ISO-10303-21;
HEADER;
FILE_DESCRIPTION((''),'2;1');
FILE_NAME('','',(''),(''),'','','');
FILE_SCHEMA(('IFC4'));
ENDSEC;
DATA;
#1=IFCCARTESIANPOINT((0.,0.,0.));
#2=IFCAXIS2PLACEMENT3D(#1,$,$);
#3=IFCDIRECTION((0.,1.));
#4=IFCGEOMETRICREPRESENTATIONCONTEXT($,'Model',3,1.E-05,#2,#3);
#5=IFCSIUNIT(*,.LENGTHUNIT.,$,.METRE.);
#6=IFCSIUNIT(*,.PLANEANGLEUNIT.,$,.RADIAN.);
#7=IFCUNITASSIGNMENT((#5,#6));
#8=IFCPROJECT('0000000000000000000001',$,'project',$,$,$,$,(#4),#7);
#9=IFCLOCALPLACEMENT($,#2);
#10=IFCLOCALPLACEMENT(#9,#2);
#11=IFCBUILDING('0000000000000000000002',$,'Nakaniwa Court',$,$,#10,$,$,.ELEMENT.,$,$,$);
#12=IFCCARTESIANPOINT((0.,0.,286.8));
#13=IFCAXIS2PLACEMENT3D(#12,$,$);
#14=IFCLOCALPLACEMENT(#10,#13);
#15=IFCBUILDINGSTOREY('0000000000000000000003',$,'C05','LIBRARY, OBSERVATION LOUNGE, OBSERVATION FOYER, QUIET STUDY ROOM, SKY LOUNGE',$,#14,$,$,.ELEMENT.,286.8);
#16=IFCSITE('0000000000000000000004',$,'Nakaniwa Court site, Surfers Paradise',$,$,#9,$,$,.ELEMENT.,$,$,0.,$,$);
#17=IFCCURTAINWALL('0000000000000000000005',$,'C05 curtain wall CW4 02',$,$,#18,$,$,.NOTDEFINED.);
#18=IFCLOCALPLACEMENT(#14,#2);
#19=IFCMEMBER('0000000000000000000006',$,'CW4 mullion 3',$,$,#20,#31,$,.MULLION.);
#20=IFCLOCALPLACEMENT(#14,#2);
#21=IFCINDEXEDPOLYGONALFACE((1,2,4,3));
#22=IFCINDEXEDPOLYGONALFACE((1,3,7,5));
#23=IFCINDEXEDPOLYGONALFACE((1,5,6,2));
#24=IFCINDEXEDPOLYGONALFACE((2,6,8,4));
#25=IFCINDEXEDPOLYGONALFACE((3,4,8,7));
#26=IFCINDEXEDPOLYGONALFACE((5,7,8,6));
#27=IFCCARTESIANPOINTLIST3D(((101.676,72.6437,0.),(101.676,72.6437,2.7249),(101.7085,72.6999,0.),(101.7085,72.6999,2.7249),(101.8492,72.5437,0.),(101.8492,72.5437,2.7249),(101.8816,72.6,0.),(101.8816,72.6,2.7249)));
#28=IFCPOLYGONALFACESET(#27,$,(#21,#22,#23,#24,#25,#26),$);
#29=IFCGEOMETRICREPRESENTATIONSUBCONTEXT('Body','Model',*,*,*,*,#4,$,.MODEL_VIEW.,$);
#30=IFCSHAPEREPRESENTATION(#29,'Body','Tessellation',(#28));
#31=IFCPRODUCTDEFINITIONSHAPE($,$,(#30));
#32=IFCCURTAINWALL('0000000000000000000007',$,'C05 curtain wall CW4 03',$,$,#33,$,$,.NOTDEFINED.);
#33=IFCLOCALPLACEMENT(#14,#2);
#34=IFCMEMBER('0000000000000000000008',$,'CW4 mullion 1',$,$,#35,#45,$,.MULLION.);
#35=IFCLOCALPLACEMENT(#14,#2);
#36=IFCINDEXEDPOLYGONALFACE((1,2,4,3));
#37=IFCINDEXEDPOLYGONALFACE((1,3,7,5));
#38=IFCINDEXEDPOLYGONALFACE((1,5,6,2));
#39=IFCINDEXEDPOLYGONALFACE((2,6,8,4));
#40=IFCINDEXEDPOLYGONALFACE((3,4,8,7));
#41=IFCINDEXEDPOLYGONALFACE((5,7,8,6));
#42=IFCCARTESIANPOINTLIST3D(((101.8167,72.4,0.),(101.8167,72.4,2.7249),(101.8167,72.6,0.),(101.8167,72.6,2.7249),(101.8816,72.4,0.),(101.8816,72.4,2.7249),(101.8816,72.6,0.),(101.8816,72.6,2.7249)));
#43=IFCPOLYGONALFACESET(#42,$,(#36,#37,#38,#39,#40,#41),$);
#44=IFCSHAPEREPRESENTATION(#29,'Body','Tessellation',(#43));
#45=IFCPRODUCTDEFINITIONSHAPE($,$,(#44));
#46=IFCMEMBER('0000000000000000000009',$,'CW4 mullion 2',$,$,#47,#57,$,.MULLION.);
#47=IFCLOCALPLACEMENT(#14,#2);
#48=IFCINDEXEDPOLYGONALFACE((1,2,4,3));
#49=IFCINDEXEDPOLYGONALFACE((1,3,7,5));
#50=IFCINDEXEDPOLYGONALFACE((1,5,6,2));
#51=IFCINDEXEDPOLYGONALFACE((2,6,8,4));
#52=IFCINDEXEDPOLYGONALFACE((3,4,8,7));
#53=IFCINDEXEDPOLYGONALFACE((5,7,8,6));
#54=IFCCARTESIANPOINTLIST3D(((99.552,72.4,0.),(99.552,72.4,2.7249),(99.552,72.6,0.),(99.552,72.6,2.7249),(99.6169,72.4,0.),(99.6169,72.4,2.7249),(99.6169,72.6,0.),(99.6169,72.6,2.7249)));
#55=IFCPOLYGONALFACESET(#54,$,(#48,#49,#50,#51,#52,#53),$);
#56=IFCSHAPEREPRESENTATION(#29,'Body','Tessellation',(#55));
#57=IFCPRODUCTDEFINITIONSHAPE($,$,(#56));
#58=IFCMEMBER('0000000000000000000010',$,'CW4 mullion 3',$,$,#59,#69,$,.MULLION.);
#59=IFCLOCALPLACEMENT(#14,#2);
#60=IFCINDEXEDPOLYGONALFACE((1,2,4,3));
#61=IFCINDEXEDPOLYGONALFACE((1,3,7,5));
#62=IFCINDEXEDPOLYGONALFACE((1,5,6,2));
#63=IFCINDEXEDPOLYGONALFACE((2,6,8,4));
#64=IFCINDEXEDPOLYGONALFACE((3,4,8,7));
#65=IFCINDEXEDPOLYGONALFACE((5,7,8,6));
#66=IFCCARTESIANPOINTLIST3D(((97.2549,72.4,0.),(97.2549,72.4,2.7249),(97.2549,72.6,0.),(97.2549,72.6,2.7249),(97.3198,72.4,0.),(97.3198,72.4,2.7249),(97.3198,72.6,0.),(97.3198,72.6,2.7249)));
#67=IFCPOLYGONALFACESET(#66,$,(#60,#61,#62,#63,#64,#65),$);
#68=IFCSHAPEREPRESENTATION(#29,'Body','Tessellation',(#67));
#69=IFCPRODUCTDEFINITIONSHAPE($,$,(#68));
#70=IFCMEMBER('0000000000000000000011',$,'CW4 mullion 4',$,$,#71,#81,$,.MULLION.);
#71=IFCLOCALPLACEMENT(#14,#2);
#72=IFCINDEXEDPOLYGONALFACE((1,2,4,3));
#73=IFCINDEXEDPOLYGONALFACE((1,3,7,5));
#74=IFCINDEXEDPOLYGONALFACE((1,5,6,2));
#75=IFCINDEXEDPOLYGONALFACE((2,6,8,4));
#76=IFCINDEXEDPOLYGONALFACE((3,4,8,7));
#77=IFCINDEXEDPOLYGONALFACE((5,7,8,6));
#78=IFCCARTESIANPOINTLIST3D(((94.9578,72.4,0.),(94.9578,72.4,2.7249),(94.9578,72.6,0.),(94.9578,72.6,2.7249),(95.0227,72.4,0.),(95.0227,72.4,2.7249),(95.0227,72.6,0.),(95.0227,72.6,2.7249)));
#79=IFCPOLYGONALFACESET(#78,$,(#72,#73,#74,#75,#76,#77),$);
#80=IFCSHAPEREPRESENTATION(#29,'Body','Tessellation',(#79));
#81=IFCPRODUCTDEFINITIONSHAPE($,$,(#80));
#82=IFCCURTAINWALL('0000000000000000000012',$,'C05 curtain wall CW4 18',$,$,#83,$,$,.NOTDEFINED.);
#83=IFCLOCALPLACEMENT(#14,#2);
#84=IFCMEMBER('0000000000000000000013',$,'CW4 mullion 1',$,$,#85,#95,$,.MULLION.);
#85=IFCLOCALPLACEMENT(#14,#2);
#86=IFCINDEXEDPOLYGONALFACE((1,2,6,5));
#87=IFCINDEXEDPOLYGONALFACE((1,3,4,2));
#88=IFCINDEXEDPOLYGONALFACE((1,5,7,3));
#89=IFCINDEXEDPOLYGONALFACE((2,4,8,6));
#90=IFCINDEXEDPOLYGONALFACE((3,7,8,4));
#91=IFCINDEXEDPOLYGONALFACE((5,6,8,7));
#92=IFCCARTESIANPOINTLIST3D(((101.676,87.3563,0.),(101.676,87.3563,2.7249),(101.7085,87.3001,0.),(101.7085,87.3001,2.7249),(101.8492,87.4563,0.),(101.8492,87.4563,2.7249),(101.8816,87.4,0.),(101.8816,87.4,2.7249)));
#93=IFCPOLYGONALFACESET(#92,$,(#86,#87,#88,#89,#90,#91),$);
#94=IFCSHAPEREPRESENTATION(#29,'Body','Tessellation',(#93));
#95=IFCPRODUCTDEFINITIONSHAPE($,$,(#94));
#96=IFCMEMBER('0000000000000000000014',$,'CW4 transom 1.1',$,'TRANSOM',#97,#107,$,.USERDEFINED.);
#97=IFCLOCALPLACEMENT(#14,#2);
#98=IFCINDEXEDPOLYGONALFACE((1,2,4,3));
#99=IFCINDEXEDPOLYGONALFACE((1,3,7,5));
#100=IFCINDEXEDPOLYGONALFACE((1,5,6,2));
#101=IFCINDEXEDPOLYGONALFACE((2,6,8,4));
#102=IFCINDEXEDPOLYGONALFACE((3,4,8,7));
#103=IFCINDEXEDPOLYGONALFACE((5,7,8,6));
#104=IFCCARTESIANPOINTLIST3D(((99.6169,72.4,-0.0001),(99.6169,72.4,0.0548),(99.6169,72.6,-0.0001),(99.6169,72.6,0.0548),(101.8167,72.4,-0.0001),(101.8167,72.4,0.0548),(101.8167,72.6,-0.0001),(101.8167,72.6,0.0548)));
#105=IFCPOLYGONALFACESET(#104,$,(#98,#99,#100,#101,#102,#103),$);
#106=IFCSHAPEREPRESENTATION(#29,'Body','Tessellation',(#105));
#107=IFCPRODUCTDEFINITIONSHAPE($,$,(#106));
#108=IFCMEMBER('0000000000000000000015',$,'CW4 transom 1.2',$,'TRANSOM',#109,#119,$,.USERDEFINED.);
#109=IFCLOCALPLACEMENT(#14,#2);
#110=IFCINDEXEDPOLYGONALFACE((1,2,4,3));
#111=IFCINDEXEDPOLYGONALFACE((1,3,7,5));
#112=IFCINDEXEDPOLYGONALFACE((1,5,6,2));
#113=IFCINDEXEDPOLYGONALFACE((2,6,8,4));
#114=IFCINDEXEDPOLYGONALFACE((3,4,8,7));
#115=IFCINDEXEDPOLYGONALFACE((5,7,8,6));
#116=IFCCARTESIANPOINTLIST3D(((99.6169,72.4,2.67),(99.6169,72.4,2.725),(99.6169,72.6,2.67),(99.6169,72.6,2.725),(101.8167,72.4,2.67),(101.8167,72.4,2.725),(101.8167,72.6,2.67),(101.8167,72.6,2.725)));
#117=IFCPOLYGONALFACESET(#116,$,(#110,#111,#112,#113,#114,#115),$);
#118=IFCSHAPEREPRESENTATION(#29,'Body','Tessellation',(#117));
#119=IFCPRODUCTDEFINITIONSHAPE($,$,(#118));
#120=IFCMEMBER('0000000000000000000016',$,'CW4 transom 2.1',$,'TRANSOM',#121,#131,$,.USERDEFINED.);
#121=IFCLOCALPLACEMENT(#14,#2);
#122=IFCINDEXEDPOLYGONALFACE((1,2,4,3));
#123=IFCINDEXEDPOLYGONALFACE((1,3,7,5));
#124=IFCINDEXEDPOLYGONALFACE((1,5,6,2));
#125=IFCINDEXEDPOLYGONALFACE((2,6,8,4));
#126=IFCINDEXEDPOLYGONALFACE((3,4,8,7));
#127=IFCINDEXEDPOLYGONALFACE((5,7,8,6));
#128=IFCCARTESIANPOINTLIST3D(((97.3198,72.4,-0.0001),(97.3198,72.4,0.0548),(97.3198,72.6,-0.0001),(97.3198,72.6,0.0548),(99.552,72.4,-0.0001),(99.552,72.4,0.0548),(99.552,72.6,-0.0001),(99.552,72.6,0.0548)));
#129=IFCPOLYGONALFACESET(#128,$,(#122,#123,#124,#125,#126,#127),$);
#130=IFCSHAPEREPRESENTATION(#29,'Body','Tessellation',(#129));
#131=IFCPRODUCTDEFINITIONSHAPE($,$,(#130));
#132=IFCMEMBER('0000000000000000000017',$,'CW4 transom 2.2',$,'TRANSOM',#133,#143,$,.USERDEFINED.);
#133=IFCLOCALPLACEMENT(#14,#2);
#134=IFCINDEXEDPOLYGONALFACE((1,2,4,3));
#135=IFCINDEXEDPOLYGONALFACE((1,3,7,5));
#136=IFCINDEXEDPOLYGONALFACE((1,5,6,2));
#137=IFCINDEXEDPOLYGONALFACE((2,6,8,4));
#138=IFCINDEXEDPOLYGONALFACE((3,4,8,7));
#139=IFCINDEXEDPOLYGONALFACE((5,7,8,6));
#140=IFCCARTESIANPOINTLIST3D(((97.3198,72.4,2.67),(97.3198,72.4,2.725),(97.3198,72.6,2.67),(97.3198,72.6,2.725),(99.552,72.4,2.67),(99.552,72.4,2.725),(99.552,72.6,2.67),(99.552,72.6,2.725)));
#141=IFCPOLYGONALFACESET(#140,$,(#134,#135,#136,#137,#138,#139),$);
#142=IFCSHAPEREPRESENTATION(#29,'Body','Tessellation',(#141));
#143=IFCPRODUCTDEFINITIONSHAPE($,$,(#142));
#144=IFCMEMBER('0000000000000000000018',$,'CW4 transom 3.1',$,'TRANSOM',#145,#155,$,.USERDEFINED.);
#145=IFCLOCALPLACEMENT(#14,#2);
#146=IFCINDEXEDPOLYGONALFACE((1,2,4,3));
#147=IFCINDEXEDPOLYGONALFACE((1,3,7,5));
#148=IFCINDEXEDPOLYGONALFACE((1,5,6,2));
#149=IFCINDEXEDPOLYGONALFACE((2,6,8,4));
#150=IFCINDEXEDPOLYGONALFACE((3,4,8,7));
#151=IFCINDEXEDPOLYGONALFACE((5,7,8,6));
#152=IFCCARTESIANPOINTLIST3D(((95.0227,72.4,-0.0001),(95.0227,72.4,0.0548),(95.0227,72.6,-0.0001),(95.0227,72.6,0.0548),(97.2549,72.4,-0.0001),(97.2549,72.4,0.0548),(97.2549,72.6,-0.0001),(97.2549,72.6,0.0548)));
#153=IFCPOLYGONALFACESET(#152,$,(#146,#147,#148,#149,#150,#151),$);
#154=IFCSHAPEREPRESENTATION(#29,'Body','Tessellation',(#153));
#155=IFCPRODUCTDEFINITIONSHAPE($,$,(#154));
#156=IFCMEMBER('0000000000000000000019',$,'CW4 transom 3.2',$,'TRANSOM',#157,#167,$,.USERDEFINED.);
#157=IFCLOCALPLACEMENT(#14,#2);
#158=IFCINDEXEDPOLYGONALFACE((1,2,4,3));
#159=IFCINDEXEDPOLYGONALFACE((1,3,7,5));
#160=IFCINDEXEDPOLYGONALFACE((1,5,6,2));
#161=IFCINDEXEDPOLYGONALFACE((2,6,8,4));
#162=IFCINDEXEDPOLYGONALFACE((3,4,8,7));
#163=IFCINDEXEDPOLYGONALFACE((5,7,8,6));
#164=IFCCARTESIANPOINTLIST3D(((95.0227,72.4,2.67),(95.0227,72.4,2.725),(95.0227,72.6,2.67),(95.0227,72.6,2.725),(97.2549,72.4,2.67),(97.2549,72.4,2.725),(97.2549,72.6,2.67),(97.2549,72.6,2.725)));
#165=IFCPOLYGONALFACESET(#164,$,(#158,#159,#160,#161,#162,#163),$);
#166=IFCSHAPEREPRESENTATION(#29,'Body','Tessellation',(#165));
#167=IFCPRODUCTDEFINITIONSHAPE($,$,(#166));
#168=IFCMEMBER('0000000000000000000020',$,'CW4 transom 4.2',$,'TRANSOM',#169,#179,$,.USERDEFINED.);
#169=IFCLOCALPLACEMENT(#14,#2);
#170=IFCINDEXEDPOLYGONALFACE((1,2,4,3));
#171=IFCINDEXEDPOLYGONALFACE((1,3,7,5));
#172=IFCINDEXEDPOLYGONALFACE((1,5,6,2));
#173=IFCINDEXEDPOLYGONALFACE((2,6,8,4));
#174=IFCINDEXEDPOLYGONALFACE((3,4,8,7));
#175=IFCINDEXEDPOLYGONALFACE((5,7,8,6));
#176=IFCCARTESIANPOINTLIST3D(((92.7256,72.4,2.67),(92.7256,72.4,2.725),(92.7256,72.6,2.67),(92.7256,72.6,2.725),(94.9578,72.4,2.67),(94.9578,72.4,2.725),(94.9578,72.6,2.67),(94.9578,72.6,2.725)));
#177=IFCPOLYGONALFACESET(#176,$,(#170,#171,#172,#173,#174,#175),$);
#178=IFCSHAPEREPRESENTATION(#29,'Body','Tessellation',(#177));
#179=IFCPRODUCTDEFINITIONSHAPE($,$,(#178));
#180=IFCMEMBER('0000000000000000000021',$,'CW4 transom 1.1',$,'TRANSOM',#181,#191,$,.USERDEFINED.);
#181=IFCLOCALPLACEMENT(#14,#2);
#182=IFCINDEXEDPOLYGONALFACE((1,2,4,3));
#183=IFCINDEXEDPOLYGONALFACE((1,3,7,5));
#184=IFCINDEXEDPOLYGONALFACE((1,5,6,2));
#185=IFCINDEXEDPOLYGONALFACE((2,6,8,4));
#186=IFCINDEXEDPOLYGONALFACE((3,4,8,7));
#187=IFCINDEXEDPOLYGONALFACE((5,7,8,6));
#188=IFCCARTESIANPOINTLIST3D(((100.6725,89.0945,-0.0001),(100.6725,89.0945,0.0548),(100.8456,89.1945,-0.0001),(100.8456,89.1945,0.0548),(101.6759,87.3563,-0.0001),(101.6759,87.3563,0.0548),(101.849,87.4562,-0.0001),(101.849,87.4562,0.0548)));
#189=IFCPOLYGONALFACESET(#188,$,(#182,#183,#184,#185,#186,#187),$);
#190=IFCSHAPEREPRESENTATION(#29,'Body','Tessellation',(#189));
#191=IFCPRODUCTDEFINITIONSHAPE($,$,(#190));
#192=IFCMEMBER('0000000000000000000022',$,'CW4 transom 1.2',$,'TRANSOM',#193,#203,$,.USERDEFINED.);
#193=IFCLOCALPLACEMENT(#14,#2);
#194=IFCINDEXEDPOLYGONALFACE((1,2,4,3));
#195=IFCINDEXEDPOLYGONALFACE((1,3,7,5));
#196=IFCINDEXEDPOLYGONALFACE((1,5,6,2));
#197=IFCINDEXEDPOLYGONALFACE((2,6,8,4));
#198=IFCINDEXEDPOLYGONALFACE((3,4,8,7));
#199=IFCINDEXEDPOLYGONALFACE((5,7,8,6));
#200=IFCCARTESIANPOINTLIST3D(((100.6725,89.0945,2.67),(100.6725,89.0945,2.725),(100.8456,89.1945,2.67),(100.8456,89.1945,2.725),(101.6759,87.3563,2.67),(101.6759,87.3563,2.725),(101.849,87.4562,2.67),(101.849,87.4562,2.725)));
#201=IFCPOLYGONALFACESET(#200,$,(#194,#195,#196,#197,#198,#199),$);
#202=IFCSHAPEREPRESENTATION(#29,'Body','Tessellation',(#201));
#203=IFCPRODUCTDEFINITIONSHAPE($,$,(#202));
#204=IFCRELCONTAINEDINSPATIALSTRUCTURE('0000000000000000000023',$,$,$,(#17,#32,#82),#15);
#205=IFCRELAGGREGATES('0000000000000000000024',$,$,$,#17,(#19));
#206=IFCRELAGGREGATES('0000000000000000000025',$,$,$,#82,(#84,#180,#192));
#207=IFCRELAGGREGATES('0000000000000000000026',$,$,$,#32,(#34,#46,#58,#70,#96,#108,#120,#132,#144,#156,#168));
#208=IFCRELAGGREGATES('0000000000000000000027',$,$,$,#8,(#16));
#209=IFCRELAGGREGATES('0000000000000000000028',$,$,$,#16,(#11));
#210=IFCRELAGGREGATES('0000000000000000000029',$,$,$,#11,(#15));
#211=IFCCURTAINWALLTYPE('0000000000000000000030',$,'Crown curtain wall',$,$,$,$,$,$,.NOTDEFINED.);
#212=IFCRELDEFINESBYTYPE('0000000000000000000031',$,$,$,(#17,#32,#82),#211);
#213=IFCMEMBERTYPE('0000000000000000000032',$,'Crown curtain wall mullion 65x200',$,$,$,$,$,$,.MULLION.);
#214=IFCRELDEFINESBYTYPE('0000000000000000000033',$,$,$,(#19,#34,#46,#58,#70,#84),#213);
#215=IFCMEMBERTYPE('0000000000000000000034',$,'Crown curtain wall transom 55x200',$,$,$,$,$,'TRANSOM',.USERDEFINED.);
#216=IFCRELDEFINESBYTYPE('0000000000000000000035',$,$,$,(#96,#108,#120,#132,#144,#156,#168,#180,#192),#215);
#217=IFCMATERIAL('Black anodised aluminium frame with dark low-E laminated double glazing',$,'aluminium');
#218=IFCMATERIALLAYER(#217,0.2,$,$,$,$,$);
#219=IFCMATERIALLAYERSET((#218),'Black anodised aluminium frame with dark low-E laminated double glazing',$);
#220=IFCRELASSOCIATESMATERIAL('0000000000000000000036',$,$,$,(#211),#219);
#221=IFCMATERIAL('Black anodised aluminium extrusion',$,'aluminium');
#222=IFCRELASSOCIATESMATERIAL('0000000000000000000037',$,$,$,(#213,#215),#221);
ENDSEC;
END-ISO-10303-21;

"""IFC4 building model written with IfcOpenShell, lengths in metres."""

from ifc_helpers import new_model, si_unit, direction, frame, origin, origin_2d, place, context, subcontext, project, spatial, rectangle, extrude, material, layer, layer_set, material_profile, profile_set, type_object, element, aggregate, save


model = new_model("IFC4")

# Units and contexts
model_context = context("Model", 3, precision=1e-05, world=origin(), true_north=direction((0.0, 1.0)))
body_context = subcontext(model_context, "Body", "Model", "MODEL_VIEW")
ifc_project = project(units=[si_unit("LENGTHUNIT", "METRE"), si_unit("PLANEANGLEUNIT", "RADIAN")], contexts=[model_context])

# Site, building, storey
site_placement = place(None, origin())
site = spatial("IfcSite", under=ifc_project, at=site_placement, Name="Nakaniwa Court site, Surfers Paradise", CompositionType="ELEMENT", RefElevation=0.0)
building_placement = place(site_placement, origin())
building = spatial("IfcBuilding", under=site, at=building_placement, Name="Nakaniwa Court", CompositionType="ELEMENT")
storey_placement = place(building_placement, frame((0.0, 0.0, 286.8)))
storey = spatial("IfcBuildingStorey", under=building, at=storey_placement, Name="C05", Description="LIBRARY, OBSERVATION LOUNGE, OBSERVATION FOYER, QUIET STUDY ROOM, SKY LOUNGE", CompositionType="ELEMENT", Elevation=286.8)

# Curtain wall, member
ifc_material_1 = material(Name="Black anodised aluminium frame with dark low-E laminated double glazing", Category="aluminium")
ifc_layer_1 = layer(ifc_material_1, 0.2)
ifc_layer_set_1 = layer_set([ifc_layer_1], Name="Black anodised aluminium frame with dark low-E laminated double glazing")
curtain_wall_type = type_object("IfcCurtainWallType", Name="Crown curtain wall", PredefinedType="NOTDEFINED", material=ifc_layer_set_1)
curtain_wall_1_placement = place(storey_placement, origin())
curtain_wall_1 = element("IfcCurtainWall", 1, at=curtain_wall_1_placement, inside=storey, type_object=curtain_wall_type, Name="C05 curtain wall CW4 02", PredefinedType="NOTDEFINED")
ifc_material_2 = material(Name="Black anodised aluminium extrusion", Category="aluminium")
ifc_material_profile_1 = material_profile(ifc_material_2, rectangle(XDim=0.2, YDim=0.0649, at=origin_2d()), Name="Crown curtain wall mullion 65x200")
ifc_profile_set_1 = profile_set([ifc_material_profile_1], Name="Black anodised aluminium extrusion")
member_type_1 = type_object("IfcMemberType", Name="Crown curtain wall mullion 65x200", PredefinedType="MULLION", material=ifc_profile_set_1)
member_1_placement = place(storey_placement, frame((101.7788, 72.6218, 0.0), z_axis=(0.0, 0.0, 1.0), x_axis=(-0.866021, 0.500008, 0.0)))
member_1 = element("IfcMember", 2, at=member_1_placement, type_object=member_type_1, Name="CW4 mullion 3", PredefinedType="MULLION", context=body_context, shape_type="SweptSolid", body=[
    extrude(rectangle(XDim=0.2, YDim=0.0649, at=origin_2d()), origin(), (0.0, 0.0, 1.0), 2.7249),
])
aggregate(curtain_wall_1, [member_1])

# Curtain wall, members
curtain_wall_2_placement = place(storey_placement, origin())
curtain_wall_2 = element("IfcCurtainWall", 3, at=curtain_wall_2_placement, inside=storey, type_object=curtain_wall_type, Name="C05 curtain wall CW4 03", PredefinedType="NOTDEFINED")
member_2_placement = place(storey_placement, frame((101.8491, 72.5, 0.0), z_axis=(0.0, 0.0, 1.0), x_axis=(0.0, -1.0, 0.0)))
member_2 = element("IfcMember", 4, at=member_2_placement, type_object=member_type_1, Name="CW4 mullion 1", PredefinedType="MULLION", context=body_context, shape_type="SweptSolid", body=[
    extrude(rectangle(XDim=0.2, YDim=0.0649, at=origin_2d()), origin(), (0.0, 0.0, 1.0), 2.7249),
])
member_3_placement = place(storey_placement, frame((99.5845, 72.5, 0.0), z_axis=(0.0, 0.0, 1.0), x_axis=(0.0, -1.0, 0.0)))
member_3 = element("IfcMember", 5, at=member_3_placement, type_object=member_type_1, Name="CW4 mullion 2", PredefinedType="MULLION", context=body_context, shape_type="SweptSolid", body=[
    extrude(rectangle(XDim=0.2, YDim=0.0649, at=origin_2d()), origin(), (0.0, 0.0, 1.0), 2.7249),
])
member_4_placement = place(storey_placement, frame((97.2874, 72.5, 0.0), z_axis=(0.0, 0.0, 1.0), x_axis=(0.0, -1.0, 0.0)))
member_4 = element("IfcMember", 6, at=member_4_placement, type_object=member_type_1, Name="CW4 mullion 3", PredefinedType="MULLION", context=body_context, shape_type="SweptSolid", body=[
    extrude(rectangle(XDim=0.2, YDim=0.0649, at=origin_2d()), origin(), (0.0, 0.0, 1.0), 2.7249),
])
member_5_placement = place(storey_placement, frame((94.9902, 72.5, 0.0), z_axis=(0.0, 0.0, 1.0), x_axis=(0.0, -1.0, 0.0)))
member_5 = element("IfcMember", 7, at=member_5_placement, type_object=member_type_1, Name="CW4 mullion 4", PredefinedType="MULLION", context=body_context, shape_type="SweptSolid", body=[
    extrude(rectangle(XDim=0.2, YDim=0.0649, at=origin_2d()), origin(), (0.0, 0.0, 1.0), 2.7249),
])

# Curtain wall, member
curtain_wall_3_placement = place(storey_placement, origin())
curtain_wall_3 = element("IfcCurtainWall", 8, at=curtain_wall_3_placement, inside=storey, type_object=curtain_wall_type, Name="C05 curtain wall CW4 18", PredefinedType="NOTDEFINED")
member_6_placement = place(storey_placement, frame((101.7788, 87.3782, 0.0), z_axis=(0.0, 0.0, 1.0), x_axis=(-0.866021, -0.500008, 0.0)))
member_6 = element("IfcMember", 9, at=member_6_placement, type_object=member_type_1, Name="CW4 mullion 1", PredefinedType="MULLION", context=body_context, shape_type="SweptSolid", body=[
    extrude(rectangle(XDim=0.2, YDim=0.0649, at=origin_2d()), origin(), (0.0, 0.0, 1.0), 2.7249),
])

# Members
ifc_material_profile_2 = material_profile(ifc_material_2, rectangle(XDim=0.2, YDim=0.0549, at=origin_2d()), Name="Crown curtain wall transom 55x200")
ifc_profile_set_2 = profile_set([ifc_material_profile_2], Name="Black anodised aluminium extrusion")
member_type_2 = type_object("IfcMemberType", Name="Crown curtain wall transom 55x200", ElementType="TRANSOM", PredefinedType="USERDEFINED", material=ifc_profile_set_2)
member_7_placement = place(storey_placement, frame((101.8167, 72.5, 0.0273), z_axis=(-1.0, 0.0, 0.0), x_axis=(0.0, -1.0, 0.0)))
member_7 = element("IfcMember", 10, at=member_7_placement, type_object=member_type_2, Name="CW4 transom 1.1", ObjectType="TRANSOM", PredefinedType="USERDEFINED", context=body_context, shape_type="SweptSolid", body=[
    extrude(rectangle(XDim=0.2, YDim=0.0549, at=origin_2d()), origin(), (0.0, 0.0, 1.0), 2.1997),
])
member_8_placement = place(storey_placement, frame((101.8167, 72.5, 2.6975), z_axis=(-1.0, 0.0, 0.0), x_axis=(0.0, -1.0, 0.0)))
member_8 = element("IfcMember", 11, at=member_8_placement, type_object=member_type_2, Name="CW4 transom 1.2", ObjectType="TRANSOM", PredefinedType="USERDEFINED", context=body_context, shape_type="SweptSolid", body=[
    extrude(rectangle(XDim=0.2, YDim=0.0549, at=origin_2d()), origin(), (0.0, 0.0, 1.0), 2.1997),
])
member_9_placement = place(storey_placement, frame((99.552, 72.5, 0.0273), z_axis=(-1.0, 0.0, 0.0), x_axis=(0.0, -1.0, 0.0)))
member_9 = element("IfcMember", 12, at=member_9_placement, type_object=member_type_2, Name="CW4 transom 2.1", ObjectType="TRANSOM", PredefinedType="USERDEFINED", context=body_context, shape_type="SweptSolid", body=[
    extrude(rectangle(XDim=0.2, YDim=0.0549, at=origin_2d()), origin(), (0.0, 0.0, 1.0), 2.2322),
])
member_10_placement = place(storey_placement, frame((99.552, 72.5, 2.6975), z_axis=(-1.0, 0.0, 0.0), x_axis=(0.0, -1.0, 0.0)))
member_10 = element("IfcMember", 13, at=member_10_placement, type_object=member_type_2, Name="CW4 transom 2.2", ObjectType="TRANSOM", PredefinedType="USERDEFINED", context=body_context, shape_type="SweptSolid", body=[
    extrude(rectangle(XDim=0.2, YDim=0.0549, at=origin_2d()), origin(), (0.0, 0.0, 1.0), 2.2322),
])
member_11_placement = place(storey_placement, frame((97.2549, 72.5, 0.0273), z_axis=(-1.0, 0.0, 0.0), x_axis=(0.0, -1.0, 0.0)))
member_11 = element("IfcMember", 14, at=member_11_placement, type_object=member_type_2, Name="CW4 transom 3.1", ObjectType="TRANSOM", PredefinedType="USERDEFINED", context=body_context, shape_type="SweptSolid", body=[
    extrude(rectangle(XDim=0.2, YDim=0.0549, at=origin_2d()), origin(), (0.0, 0.0, 1.0), 2.2322),
])
member_12_placement = place(storey_placement, frame((97.2549, 72.5, 2.6975), z_axis=(-1.0, 0.0, 0.0), x_axis=(0.0, -1.0, 0.0)))
member_12 = element("IfcMember", 15, at=member_12_placement, type_object=member_type_2, Name="CW4 transom 3.2", ObjectType="TRANSOM", PredefinedType="USERDEFINED", context=body_context, shape_type="SweptSolid", body=[
    extrude(rectangle(XDim=0.2, YDim=0.0549, at=origin_2d()), origin(), (0.0, 0.0, 1.0), 2.2322),
])
member_13_placement = place(storey_placement, frame((94.9578, 72.5, 2.6975), z_axis=(-1.0, 0.0, 0.0), x_axis=(0.0, -1.0, 0.0)))
member_13 = element("IfcMember", 16, at=member_13_placement, type_object=member_type_2, Name="CW4 transom 4.2", ObjectType="TRANSOM", PredefinedType="USERDEFINED", context=body_context, shape_type="SweptSolid", body=[
    extrude(rectangle(XDim=0.2, YDim=0.0549, at=origin_2d()), origin(), (0.0, 0.0, 1.0), 2.2322),
])
member_14_placement = place(storey_placement, frame((101.7625, 87.4062, 0.0273), z_axis=(-0.499933, 0.866064, 0.0), x_axis=(-0.866064, -0.499933, 0.0)))
member_14 = element("IfcMember", 17, at=member_14_placement, type_object=member_type_2, Name="CW4 transom 1.1", ObjectType="TRANSOM", PredefinedType="USERDEFINED", context=body_context, shape_type="SweptSolid", body=[
    extrude(rectangle(XDim=0.2, YDim=0.0549, at=origin_2d()), origin(), (0.0, 0.0, 1.0), 2.0071),
])
member_15_placement = place(storey_placement, frame((101.7625, 87.4062, 2.6975), z_axis=(-0.499933, 0.866064, 0.0), x_axis=(-0.866064, -0.499933, 0.0)))
member_15 = element("IfcMember", 18, at=member_15_placement, type_object=member_type_2, Name="CW4 transom 1.2", ObjectType="TRANSOM", PredefinedType="USERDEFINED", context=body_context, shape_type="SweptSolid", body=[
    extrude(rectangle(XDim=0.2, YDim=0.0549, at=origin_2d()), origin(), (0.0, 0.0, 1.0), 2.0071),
])
aggregate(curtain_wall_3, [member_6, member_14, member_15])

aggregate(curtain_wall_2, [member_2, member_3, member_4, member_5, member_7, member_8, member_9, member_10, member_11, member_12, member_13])

save(model, "model.ifc")
